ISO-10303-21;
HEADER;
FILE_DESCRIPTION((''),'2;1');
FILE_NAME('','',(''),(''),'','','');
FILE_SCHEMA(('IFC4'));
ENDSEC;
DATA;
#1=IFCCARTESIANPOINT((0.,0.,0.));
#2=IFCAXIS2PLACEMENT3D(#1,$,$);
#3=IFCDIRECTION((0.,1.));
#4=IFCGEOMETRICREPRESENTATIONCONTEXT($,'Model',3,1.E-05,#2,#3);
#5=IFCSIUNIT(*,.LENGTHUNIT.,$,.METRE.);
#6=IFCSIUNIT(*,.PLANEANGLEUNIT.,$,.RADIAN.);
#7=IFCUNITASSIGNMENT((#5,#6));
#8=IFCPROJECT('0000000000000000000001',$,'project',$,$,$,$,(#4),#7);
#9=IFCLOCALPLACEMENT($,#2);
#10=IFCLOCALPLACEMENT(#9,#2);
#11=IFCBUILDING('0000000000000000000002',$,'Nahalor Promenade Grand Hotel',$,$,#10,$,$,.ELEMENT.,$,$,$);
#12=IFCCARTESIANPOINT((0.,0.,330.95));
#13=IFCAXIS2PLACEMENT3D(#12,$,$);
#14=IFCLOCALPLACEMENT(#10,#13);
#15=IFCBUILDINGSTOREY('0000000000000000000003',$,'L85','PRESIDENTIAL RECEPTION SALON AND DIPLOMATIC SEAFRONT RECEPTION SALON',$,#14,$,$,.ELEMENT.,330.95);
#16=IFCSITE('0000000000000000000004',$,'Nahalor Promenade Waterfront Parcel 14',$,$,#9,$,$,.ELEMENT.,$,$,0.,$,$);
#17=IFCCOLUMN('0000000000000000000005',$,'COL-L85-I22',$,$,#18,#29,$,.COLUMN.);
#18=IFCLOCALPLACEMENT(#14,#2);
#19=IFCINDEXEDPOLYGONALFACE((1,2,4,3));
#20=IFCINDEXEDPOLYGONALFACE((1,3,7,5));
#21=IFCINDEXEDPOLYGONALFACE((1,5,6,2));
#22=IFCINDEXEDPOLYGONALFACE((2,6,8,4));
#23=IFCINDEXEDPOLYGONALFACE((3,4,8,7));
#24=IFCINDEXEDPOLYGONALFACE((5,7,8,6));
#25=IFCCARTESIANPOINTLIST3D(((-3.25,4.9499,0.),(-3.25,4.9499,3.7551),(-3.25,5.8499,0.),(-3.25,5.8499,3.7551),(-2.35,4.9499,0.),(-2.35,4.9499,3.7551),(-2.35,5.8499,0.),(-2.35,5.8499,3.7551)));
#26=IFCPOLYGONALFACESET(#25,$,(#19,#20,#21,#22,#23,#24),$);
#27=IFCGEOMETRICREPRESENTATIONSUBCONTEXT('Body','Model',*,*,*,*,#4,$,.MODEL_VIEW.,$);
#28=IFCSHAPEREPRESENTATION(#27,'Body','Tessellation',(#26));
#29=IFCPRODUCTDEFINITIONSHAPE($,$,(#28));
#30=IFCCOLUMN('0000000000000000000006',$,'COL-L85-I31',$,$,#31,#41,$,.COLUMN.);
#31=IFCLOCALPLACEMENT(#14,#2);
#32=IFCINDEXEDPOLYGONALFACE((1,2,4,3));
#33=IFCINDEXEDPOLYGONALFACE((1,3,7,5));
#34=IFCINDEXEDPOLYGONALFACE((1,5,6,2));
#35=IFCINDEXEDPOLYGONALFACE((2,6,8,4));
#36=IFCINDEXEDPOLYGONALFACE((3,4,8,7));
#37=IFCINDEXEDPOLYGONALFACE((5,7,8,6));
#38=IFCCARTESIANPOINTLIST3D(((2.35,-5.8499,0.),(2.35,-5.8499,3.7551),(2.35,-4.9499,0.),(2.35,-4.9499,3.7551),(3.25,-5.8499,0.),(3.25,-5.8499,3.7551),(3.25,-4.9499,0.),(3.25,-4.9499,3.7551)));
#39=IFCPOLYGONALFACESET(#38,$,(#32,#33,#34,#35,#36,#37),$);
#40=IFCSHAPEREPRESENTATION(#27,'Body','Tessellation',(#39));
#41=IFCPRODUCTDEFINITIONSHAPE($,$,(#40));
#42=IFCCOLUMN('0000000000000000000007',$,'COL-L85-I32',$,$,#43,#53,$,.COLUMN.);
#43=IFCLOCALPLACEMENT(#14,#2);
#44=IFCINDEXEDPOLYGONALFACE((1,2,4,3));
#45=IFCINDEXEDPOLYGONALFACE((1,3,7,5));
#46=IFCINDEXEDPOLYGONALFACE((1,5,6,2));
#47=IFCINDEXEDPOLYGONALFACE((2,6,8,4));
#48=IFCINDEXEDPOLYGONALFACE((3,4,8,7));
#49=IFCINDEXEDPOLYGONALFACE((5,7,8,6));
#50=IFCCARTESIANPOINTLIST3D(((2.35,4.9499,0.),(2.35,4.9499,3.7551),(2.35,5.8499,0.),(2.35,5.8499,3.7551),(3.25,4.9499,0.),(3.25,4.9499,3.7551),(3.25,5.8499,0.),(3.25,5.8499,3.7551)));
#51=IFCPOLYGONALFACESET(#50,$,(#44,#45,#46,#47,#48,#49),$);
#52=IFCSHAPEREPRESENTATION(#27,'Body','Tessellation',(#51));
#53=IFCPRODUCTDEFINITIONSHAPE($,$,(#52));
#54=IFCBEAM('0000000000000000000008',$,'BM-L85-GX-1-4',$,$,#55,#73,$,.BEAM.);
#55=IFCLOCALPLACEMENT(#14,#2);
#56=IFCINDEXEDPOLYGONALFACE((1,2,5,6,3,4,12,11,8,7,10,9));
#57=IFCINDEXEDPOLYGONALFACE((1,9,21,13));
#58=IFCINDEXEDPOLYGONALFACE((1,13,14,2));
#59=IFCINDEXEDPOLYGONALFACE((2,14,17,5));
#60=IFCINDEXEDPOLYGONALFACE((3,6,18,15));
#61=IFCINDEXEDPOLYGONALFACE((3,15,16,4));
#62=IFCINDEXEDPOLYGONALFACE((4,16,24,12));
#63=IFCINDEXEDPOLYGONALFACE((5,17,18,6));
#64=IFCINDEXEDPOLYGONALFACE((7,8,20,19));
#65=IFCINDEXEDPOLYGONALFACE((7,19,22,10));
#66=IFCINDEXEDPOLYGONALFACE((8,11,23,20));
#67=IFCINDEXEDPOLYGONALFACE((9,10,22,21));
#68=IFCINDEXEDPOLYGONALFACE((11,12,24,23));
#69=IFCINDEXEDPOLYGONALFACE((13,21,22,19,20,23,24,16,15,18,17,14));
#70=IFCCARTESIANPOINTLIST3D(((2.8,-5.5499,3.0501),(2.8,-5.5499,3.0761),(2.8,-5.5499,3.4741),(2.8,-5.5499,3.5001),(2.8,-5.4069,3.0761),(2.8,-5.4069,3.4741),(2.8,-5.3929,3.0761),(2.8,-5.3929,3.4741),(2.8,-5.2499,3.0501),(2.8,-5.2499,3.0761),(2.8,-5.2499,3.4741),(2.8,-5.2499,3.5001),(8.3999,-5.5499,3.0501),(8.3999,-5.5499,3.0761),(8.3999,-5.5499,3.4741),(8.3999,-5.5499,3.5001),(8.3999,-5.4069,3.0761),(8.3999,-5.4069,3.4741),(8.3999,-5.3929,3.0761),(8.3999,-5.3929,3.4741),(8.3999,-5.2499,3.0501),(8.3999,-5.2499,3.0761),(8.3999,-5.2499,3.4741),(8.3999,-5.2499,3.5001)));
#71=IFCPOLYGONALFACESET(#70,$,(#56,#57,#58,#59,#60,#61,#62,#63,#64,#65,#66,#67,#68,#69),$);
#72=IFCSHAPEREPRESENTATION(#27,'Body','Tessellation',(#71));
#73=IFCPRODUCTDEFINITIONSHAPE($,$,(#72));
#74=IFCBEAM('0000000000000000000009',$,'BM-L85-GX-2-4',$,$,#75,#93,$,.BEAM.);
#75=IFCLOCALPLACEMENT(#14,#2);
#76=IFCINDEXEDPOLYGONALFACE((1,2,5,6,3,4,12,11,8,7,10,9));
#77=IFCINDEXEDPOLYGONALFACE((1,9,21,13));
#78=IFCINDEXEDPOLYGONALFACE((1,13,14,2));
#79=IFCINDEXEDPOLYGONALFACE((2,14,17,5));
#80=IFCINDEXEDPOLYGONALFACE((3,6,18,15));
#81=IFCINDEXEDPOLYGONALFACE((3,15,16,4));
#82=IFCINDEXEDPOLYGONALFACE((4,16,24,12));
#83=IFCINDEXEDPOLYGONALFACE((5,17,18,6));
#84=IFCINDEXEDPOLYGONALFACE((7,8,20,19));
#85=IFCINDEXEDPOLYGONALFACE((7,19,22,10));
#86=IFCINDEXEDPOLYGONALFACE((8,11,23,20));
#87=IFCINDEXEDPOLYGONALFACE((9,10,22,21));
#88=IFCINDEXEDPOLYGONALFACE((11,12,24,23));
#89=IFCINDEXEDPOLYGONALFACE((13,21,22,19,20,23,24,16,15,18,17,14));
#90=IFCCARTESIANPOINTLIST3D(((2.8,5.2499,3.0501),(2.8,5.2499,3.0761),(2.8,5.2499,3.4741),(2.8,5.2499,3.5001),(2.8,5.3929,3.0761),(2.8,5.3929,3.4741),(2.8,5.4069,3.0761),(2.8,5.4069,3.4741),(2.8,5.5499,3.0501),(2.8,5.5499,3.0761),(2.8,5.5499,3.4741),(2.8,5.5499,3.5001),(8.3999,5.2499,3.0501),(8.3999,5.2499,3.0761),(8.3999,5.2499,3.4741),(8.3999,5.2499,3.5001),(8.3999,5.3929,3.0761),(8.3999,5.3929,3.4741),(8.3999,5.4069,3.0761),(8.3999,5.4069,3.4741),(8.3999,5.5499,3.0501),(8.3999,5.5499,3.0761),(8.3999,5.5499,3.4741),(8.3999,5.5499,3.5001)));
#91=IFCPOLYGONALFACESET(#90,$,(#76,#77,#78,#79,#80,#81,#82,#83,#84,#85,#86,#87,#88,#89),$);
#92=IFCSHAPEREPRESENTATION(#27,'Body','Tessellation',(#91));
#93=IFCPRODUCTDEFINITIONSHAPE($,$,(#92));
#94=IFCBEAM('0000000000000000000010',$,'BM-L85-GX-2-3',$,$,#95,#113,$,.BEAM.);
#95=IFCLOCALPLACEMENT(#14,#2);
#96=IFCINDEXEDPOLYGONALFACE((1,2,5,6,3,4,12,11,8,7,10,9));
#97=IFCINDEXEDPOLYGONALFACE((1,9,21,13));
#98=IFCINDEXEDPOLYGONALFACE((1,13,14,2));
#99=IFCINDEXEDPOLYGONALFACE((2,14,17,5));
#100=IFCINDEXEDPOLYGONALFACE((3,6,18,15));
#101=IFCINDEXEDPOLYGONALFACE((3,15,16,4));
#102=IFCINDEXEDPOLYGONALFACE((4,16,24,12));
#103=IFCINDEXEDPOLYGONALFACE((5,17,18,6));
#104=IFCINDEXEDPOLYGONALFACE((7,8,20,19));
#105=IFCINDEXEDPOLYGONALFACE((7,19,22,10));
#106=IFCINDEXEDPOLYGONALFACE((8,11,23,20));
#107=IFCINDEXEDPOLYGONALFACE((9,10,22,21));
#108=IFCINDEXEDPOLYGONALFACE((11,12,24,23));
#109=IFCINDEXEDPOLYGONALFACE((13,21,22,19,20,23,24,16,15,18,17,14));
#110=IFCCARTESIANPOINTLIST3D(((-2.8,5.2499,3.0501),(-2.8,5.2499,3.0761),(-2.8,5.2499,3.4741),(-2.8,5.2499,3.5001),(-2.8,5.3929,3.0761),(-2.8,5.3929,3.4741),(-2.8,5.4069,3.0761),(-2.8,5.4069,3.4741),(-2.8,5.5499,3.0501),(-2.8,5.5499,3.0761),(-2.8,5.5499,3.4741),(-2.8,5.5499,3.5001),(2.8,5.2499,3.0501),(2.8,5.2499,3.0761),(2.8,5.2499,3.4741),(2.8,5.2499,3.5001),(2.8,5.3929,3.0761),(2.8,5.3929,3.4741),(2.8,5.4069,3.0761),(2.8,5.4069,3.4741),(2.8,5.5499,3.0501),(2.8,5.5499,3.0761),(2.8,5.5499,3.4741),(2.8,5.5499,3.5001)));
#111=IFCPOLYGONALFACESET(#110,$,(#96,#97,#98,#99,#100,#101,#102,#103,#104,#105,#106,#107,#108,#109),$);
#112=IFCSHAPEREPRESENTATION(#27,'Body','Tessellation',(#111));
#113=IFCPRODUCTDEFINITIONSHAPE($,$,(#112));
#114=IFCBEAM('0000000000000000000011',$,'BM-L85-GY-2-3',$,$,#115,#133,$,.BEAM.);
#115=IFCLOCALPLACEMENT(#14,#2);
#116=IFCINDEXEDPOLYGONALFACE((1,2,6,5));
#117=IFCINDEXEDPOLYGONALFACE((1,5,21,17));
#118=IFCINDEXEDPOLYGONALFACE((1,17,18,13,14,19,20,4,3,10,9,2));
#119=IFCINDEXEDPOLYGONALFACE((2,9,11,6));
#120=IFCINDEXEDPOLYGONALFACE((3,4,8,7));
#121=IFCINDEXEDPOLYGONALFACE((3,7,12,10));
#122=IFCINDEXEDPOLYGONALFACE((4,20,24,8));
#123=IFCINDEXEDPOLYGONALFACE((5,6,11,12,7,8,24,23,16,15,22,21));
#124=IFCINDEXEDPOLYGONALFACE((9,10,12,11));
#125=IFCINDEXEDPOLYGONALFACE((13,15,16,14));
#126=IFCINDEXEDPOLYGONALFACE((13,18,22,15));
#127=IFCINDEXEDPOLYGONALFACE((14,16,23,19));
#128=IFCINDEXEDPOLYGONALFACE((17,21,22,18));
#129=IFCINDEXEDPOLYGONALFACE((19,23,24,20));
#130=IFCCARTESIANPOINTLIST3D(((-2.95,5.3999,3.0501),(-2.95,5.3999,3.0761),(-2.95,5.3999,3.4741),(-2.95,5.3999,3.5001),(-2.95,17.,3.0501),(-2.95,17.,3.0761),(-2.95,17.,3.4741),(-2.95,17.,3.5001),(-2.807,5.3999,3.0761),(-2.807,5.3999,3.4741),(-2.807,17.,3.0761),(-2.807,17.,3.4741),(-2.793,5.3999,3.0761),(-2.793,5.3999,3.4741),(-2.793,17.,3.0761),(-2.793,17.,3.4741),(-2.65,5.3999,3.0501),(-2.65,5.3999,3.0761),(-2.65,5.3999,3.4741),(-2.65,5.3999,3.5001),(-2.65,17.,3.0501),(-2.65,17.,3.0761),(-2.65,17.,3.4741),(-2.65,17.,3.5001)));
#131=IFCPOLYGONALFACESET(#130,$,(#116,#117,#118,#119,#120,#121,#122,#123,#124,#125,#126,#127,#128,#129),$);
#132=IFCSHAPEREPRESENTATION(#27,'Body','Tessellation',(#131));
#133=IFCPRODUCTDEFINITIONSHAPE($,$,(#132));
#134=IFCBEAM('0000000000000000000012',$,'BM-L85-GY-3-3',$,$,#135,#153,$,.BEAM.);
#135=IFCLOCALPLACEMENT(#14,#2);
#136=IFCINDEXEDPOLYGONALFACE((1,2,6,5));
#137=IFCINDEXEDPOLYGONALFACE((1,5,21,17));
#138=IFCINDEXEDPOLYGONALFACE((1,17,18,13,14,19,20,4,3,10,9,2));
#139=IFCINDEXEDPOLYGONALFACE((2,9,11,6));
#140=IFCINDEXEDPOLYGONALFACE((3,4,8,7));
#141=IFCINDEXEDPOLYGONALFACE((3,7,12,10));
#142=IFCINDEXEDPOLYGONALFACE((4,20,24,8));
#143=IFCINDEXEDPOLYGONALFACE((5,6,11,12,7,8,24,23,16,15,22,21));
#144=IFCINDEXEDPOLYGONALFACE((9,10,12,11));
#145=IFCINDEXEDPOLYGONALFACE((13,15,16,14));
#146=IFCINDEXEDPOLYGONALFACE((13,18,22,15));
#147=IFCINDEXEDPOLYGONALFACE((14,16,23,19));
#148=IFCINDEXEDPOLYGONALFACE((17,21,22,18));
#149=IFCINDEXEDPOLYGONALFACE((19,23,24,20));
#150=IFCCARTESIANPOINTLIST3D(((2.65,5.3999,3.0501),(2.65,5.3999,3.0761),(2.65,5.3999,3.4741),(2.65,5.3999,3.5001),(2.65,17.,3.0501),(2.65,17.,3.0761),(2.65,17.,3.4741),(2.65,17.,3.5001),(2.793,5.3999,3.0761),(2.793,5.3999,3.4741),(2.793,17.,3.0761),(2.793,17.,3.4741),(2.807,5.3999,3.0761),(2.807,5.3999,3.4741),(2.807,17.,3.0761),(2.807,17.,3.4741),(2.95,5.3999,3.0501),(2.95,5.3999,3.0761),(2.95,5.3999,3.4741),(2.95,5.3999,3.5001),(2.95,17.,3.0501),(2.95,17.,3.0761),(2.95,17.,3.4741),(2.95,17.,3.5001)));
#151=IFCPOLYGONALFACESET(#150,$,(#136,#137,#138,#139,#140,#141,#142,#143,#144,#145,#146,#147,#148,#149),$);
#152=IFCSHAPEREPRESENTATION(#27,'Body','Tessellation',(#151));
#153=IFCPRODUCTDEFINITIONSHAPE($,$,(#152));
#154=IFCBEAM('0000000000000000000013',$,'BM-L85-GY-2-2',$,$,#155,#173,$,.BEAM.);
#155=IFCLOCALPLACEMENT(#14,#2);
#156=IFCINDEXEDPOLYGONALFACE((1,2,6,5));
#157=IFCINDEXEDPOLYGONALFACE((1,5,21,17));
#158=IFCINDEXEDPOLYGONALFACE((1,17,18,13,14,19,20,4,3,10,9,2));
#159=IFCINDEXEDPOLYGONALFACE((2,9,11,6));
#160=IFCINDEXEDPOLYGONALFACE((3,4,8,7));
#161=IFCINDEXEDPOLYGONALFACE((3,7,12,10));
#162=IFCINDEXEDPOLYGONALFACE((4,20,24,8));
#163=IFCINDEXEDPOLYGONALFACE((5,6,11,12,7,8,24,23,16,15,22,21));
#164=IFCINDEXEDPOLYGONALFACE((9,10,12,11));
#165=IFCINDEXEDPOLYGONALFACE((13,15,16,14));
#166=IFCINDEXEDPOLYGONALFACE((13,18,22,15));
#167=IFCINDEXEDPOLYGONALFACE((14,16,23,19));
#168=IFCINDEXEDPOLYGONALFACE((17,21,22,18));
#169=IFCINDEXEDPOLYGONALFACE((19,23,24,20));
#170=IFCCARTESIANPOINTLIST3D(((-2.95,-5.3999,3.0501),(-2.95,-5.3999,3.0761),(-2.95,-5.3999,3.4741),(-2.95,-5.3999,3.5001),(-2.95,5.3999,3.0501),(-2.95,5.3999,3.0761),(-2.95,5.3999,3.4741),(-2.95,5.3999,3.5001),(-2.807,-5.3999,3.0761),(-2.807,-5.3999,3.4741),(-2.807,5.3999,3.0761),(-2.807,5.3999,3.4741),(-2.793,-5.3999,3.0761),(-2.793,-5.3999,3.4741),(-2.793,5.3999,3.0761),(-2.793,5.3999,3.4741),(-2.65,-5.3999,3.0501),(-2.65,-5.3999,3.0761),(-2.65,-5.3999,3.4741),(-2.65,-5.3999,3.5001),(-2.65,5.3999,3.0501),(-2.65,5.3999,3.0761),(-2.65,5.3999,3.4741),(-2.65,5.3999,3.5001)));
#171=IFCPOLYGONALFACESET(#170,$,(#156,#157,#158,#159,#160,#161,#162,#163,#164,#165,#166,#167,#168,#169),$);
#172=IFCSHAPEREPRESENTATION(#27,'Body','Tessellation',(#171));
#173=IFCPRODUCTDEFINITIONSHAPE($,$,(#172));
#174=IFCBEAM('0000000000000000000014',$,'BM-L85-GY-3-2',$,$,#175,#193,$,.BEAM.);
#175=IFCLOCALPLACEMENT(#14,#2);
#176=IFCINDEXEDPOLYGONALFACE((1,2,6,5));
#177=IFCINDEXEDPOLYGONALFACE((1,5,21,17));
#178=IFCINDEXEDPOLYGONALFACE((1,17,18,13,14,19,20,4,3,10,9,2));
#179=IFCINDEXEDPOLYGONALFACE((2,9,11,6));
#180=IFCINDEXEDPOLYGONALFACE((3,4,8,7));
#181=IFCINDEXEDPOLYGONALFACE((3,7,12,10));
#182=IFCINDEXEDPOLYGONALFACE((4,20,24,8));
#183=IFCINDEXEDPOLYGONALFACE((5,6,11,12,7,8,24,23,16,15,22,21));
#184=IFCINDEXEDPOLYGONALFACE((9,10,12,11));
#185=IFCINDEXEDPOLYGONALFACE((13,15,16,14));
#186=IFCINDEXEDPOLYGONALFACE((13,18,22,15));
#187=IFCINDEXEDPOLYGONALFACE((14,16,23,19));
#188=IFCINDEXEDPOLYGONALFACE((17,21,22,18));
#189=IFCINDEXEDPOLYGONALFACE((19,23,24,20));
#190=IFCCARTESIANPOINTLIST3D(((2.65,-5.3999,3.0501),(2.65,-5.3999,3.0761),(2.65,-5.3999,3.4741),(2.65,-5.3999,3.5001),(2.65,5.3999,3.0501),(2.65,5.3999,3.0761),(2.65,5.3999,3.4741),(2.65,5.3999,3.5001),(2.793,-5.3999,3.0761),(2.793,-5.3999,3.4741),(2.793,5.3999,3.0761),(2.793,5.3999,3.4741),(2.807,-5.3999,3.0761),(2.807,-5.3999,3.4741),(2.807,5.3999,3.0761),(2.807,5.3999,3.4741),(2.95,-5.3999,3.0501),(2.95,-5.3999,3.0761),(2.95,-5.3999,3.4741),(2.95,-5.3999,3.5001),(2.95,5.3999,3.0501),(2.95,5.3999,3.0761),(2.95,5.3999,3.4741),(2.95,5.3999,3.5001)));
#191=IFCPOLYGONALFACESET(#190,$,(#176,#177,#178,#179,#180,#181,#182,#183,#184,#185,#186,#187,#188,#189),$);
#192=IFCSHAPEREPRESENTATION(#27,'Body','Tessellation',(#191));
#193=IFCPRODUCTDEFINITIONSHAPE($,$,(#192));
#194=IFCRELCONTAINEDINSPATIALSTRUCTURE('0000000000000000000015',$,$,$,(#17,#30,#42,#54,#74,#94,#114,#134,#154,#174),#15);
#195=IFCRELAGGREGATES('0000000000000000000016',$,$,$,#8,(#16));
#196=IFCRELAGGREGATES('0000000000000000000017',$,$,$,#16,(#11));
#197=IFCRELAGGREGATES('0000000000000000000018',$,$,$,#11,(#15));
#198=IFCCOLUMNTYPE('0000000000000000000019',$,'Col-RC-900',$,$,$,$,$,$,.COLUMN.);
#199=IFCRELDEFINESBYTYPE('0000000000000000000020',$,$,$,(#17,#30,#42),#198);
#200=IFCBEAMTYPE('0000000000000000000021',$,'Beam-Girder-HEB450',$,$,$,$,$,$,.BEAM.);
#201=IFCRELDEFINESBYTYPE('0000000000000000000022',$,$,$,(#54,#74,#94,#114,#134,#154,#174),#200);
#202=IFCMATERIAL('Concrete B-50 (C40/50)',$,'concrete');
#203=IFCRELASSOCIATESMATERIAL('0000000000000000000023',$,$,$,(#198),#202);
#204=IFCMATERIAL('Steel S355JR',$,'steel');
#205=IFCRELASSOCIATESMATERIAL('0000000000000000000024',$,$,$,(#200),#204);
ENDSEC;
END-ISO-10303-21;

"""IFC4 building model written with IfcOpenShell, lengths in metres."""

from ifc_helpers import new_model, si_unit, direction, frame, origin, origin_2d, place, context, subcontext, project, spatial, rectangle, i_section, extrude, source, transform, mapped, material, material_profile, profile_set, type_object, element, save


model = new_model("IFC4")

# Units and contexts
model_context = context("Model", 3, precision=1e-05, world=origin(), true_north=direction((0.0, 1.0)))
body_context = subcontext(model_context, "Body", "Model", "MODEL_VIEW")
ifc_project = project(units=[si_unit("LENGTHUNIT", "METRE"), si_unit("PLANEANGLEUNIT", "RADIAN")], contexts=[model_context])

# Site, building, storey
site_placement = place(None, origin())
site = spatial("IfcSite", under=ifc_project, at=site_placement, Name="Nahalor Promenade Waterfront Parcel 14", CompositionType="ELEMENT", RefElevation=0.0)
building_placement = place(site_placement, origin())
building = spatial("IfcBuilding", under=site, at=building_placement, Name="Nahalor Promenade Grand Hotel", CompositionType="ELEMENT")
storey_placement = place(building_placement, frame((0.0, 0.0, 330.95)))
storey = spatial("IfcBuildingStorey", under=building, at=storey_placement, Name="L85", Description="PRESIDENTIAL RECEPTION SALON AND DIPLOMATIC SEAFRONT RECEPTION SALON", CompositionType="ELEMENT", Elevation=330.95)

# Columns
ifc_material_1 = material(Name="Concrete B-50 (C40/50)", Category="concrete")
ifc_material_profile_1 = material_profile(ifc_material_1, rectangle(XDim=0.9, YDim=0.9, at=origin_2d()), Name="RC 900x900")
ifc_profile_set_1 = profile_set([ifc_material_profile_1], Name="Concrete B-50 (C40/50)")
column_type = type_object("IfcColumnType", Name="Col-RC-900", PredefinedType="COLUMN", material=ifc_profile_set_1)
shared_shape_1 = source(origin(), body_context, "Body", "SweptSolid", [
    extrude(rectangle(XDim=0.9, YDim=0.9, at=origin_2d()), origin(), (0.0, 0.0, 1.0), 3.7551),
])
for number, where, z_axis, x_axis, name in (
    (1, (-2.8, 5.3999, 0.0), (0.0, 0.0, 1.0), (1.0, 0.0, 0.0), "COL-L85-I22"),
    (2, (2.8, -5.3999, 0.0), (0.0, 0.0, 1.0), (1.0, 0.0, 0.0), "COL-L85-I31"),
    (3, (2.8, 5.3999, 0.0), (0.0, 0.0, 1.0), (1.0, 0.0, 0.0), "COL-L85-I32"),
):
    element("IfcColumn", number, at=place(storey_placement, frame(where, z_axis=z_axis, x_axis=x_axis)), inside=storey, type_object=column_type, Name=name, PredefinedType="COLUMN", context=body_context, shape_type="MappedRepresentation", body=[
        mapped(shared_shape_1, transform((0.0, 0.0, 0.0), scale=1.0)),
    ])

# Beams
ifc_material_2 = material(Name="Steel S355JR", Category="steel")
ifc_material_profile_2 = material_profile(ifc_material_2, i_section(OverallWidth=0.3, OverallDepth=0.45, WebThickness=0.014, FlangeThickness=0.026, at=origin_2d()), Name="HEB 450")
ifc_profile_set_2 = profile_set([ifc_material_profile_2], Name="Steel S355JR")
beam_type = type_object("IfcBeamType", Name="Beam-Girder-HEB450", PredefinedType="BEAM", material=ifc_profile_set_2)
shared_shape_2 = source(origin(), body_context, "Body", "SweptSolid", [
    extrude(i_section(OverallWidth=0.3, OverallDepth=0.45, WebThickness=0.014, FlangeThickness=0.026, at=origin_2d()), origin(), (0.0, 0.0, 1.0), 5.5999),
])
for number, where, z_axis, x_axis, name in (
    (4, (2.8, -5.3999, 3.2751), (1.0, 0.0, 0.0), (0.0, 1.0, 0.0), "BM-L85-GX-1-4"),
    (5, (2.8, 5.3999, 3.2751), (1.0, 0.0, 0.0), (0.0, 1.0, 0.0), "BM-L85-GX-2-4"),
):
    element("IfcBeam", number, at=place(storey_placement, frame(where, z_axis=z_axis, x_axis=x_axis)), inside=storey, type_object=beam_type, Name=name, PredefinedType="BEAM", context=body_context, shape_type="MappedRepresentation", body=[
        mapped(shared_shape_2, transform((0.0, 0.0, 0.0), scale=1.0)),
    ])
shared_shape_3 = source(origin(), body_context, "Body", "SweptSolid", [
    extrude(i_section(OverallWidth=0.3, OverallDepth=0.45, WebThickness=0.014, FlangeThickness=0.026, at=origin_2d()), origin(), (0.0, 0.0, 1.0), 5.6001),
])
beam_placement = place(storey_placement, frame((-2.8, 5.3999, 3.2751), z_axis=(1.0, 0.0, 0.0), x_axis=(0.0, 1.0, 0.0)))
element("IfcBeam", 6, at=beam_placement, inside=storey, type_object=beam_type, Name="BM-L85-GX-2-3", PredefinedType="BEAM", context=body_context, shape_type="MappedRepresentation", body=[
    mapped(shared_shape_3, transform((0.0, 0.0, 0.0), scale=1.0)),
])
shared_shape_4 = source(origin(), body_context, "Body", "SweptSolid", [
    extrude(i_section(OverallWidth=0.3, OverallDepth=0.45, WebThickness=0.014, FlangeThickness=0.026, at=origin_2d()), origin(), (0.0, 0.0, 1.0), 11.6001),
])
for number, where, z_axis, x_axis, name in (
    (7, (-2.8, 5.3999, 3.2751), (0.0, 1.0, 0.0), (-1.0, 0.0, 0.0), "BM-L85-GY-2-3"),
    (8, (2.8, 5.3999, 3.2751), (0.0, 1.0, 0.0), (-1.0, 0.0, 0.0), "BM-L85-GY-3-3"),
):
    element("IfcBeam", number, at=place(storey_placement, frame(where, z_axis=z_axis, x_axis=x_axis)), inside=storey, type_object=beam_type, Name=name, PredefinedType="BEAM", context=body_context, shape_type="MappedRepresentation", body=[
        mapped(shared_shape_4, transform((0.0, 0.0, 0.0), scale=1.0)),
    ])
shared_shape_5 = source(origin(), body_context, "Body", "SweptSolid", [
    extrude(i_section(OverallWidth=0.3, OverallDepth=0.45, WebThickness=0.014, FlangeThickness=0.026, at=origin_2d()), origin(), (0.0, 0.0, 1.0), 10.7998),
])
for number, where, z_axis, x_axis, name in (
    (9, (-2.8, -5.3999, 3.2751), (0.0, 1.0, 0.0), (-1.0, 0.0, 0.0), "BM-L85-GY-2-2"),
    (10, (2.8, -5.3999, 3.2751), (0.0, 1.0, 0.0), (-1.0, 0.0, 0.0), "BM-L85-GY-3-2"),
):
    element("IfcBeam", number, at=place(storey_placement, frame(where, z_axis=z_axis, x_axis=x_axis)), inside=storey, type_object=beam_type, Name=name, PredefinedType="BEAM", context=body_context, shape_type="MappedRepresentation", body=[
        mapped(shared_shape_5, transform((0.0, 0.0, 0.0), scale=1.0)),
    ])

save(model, "model.ifc")
